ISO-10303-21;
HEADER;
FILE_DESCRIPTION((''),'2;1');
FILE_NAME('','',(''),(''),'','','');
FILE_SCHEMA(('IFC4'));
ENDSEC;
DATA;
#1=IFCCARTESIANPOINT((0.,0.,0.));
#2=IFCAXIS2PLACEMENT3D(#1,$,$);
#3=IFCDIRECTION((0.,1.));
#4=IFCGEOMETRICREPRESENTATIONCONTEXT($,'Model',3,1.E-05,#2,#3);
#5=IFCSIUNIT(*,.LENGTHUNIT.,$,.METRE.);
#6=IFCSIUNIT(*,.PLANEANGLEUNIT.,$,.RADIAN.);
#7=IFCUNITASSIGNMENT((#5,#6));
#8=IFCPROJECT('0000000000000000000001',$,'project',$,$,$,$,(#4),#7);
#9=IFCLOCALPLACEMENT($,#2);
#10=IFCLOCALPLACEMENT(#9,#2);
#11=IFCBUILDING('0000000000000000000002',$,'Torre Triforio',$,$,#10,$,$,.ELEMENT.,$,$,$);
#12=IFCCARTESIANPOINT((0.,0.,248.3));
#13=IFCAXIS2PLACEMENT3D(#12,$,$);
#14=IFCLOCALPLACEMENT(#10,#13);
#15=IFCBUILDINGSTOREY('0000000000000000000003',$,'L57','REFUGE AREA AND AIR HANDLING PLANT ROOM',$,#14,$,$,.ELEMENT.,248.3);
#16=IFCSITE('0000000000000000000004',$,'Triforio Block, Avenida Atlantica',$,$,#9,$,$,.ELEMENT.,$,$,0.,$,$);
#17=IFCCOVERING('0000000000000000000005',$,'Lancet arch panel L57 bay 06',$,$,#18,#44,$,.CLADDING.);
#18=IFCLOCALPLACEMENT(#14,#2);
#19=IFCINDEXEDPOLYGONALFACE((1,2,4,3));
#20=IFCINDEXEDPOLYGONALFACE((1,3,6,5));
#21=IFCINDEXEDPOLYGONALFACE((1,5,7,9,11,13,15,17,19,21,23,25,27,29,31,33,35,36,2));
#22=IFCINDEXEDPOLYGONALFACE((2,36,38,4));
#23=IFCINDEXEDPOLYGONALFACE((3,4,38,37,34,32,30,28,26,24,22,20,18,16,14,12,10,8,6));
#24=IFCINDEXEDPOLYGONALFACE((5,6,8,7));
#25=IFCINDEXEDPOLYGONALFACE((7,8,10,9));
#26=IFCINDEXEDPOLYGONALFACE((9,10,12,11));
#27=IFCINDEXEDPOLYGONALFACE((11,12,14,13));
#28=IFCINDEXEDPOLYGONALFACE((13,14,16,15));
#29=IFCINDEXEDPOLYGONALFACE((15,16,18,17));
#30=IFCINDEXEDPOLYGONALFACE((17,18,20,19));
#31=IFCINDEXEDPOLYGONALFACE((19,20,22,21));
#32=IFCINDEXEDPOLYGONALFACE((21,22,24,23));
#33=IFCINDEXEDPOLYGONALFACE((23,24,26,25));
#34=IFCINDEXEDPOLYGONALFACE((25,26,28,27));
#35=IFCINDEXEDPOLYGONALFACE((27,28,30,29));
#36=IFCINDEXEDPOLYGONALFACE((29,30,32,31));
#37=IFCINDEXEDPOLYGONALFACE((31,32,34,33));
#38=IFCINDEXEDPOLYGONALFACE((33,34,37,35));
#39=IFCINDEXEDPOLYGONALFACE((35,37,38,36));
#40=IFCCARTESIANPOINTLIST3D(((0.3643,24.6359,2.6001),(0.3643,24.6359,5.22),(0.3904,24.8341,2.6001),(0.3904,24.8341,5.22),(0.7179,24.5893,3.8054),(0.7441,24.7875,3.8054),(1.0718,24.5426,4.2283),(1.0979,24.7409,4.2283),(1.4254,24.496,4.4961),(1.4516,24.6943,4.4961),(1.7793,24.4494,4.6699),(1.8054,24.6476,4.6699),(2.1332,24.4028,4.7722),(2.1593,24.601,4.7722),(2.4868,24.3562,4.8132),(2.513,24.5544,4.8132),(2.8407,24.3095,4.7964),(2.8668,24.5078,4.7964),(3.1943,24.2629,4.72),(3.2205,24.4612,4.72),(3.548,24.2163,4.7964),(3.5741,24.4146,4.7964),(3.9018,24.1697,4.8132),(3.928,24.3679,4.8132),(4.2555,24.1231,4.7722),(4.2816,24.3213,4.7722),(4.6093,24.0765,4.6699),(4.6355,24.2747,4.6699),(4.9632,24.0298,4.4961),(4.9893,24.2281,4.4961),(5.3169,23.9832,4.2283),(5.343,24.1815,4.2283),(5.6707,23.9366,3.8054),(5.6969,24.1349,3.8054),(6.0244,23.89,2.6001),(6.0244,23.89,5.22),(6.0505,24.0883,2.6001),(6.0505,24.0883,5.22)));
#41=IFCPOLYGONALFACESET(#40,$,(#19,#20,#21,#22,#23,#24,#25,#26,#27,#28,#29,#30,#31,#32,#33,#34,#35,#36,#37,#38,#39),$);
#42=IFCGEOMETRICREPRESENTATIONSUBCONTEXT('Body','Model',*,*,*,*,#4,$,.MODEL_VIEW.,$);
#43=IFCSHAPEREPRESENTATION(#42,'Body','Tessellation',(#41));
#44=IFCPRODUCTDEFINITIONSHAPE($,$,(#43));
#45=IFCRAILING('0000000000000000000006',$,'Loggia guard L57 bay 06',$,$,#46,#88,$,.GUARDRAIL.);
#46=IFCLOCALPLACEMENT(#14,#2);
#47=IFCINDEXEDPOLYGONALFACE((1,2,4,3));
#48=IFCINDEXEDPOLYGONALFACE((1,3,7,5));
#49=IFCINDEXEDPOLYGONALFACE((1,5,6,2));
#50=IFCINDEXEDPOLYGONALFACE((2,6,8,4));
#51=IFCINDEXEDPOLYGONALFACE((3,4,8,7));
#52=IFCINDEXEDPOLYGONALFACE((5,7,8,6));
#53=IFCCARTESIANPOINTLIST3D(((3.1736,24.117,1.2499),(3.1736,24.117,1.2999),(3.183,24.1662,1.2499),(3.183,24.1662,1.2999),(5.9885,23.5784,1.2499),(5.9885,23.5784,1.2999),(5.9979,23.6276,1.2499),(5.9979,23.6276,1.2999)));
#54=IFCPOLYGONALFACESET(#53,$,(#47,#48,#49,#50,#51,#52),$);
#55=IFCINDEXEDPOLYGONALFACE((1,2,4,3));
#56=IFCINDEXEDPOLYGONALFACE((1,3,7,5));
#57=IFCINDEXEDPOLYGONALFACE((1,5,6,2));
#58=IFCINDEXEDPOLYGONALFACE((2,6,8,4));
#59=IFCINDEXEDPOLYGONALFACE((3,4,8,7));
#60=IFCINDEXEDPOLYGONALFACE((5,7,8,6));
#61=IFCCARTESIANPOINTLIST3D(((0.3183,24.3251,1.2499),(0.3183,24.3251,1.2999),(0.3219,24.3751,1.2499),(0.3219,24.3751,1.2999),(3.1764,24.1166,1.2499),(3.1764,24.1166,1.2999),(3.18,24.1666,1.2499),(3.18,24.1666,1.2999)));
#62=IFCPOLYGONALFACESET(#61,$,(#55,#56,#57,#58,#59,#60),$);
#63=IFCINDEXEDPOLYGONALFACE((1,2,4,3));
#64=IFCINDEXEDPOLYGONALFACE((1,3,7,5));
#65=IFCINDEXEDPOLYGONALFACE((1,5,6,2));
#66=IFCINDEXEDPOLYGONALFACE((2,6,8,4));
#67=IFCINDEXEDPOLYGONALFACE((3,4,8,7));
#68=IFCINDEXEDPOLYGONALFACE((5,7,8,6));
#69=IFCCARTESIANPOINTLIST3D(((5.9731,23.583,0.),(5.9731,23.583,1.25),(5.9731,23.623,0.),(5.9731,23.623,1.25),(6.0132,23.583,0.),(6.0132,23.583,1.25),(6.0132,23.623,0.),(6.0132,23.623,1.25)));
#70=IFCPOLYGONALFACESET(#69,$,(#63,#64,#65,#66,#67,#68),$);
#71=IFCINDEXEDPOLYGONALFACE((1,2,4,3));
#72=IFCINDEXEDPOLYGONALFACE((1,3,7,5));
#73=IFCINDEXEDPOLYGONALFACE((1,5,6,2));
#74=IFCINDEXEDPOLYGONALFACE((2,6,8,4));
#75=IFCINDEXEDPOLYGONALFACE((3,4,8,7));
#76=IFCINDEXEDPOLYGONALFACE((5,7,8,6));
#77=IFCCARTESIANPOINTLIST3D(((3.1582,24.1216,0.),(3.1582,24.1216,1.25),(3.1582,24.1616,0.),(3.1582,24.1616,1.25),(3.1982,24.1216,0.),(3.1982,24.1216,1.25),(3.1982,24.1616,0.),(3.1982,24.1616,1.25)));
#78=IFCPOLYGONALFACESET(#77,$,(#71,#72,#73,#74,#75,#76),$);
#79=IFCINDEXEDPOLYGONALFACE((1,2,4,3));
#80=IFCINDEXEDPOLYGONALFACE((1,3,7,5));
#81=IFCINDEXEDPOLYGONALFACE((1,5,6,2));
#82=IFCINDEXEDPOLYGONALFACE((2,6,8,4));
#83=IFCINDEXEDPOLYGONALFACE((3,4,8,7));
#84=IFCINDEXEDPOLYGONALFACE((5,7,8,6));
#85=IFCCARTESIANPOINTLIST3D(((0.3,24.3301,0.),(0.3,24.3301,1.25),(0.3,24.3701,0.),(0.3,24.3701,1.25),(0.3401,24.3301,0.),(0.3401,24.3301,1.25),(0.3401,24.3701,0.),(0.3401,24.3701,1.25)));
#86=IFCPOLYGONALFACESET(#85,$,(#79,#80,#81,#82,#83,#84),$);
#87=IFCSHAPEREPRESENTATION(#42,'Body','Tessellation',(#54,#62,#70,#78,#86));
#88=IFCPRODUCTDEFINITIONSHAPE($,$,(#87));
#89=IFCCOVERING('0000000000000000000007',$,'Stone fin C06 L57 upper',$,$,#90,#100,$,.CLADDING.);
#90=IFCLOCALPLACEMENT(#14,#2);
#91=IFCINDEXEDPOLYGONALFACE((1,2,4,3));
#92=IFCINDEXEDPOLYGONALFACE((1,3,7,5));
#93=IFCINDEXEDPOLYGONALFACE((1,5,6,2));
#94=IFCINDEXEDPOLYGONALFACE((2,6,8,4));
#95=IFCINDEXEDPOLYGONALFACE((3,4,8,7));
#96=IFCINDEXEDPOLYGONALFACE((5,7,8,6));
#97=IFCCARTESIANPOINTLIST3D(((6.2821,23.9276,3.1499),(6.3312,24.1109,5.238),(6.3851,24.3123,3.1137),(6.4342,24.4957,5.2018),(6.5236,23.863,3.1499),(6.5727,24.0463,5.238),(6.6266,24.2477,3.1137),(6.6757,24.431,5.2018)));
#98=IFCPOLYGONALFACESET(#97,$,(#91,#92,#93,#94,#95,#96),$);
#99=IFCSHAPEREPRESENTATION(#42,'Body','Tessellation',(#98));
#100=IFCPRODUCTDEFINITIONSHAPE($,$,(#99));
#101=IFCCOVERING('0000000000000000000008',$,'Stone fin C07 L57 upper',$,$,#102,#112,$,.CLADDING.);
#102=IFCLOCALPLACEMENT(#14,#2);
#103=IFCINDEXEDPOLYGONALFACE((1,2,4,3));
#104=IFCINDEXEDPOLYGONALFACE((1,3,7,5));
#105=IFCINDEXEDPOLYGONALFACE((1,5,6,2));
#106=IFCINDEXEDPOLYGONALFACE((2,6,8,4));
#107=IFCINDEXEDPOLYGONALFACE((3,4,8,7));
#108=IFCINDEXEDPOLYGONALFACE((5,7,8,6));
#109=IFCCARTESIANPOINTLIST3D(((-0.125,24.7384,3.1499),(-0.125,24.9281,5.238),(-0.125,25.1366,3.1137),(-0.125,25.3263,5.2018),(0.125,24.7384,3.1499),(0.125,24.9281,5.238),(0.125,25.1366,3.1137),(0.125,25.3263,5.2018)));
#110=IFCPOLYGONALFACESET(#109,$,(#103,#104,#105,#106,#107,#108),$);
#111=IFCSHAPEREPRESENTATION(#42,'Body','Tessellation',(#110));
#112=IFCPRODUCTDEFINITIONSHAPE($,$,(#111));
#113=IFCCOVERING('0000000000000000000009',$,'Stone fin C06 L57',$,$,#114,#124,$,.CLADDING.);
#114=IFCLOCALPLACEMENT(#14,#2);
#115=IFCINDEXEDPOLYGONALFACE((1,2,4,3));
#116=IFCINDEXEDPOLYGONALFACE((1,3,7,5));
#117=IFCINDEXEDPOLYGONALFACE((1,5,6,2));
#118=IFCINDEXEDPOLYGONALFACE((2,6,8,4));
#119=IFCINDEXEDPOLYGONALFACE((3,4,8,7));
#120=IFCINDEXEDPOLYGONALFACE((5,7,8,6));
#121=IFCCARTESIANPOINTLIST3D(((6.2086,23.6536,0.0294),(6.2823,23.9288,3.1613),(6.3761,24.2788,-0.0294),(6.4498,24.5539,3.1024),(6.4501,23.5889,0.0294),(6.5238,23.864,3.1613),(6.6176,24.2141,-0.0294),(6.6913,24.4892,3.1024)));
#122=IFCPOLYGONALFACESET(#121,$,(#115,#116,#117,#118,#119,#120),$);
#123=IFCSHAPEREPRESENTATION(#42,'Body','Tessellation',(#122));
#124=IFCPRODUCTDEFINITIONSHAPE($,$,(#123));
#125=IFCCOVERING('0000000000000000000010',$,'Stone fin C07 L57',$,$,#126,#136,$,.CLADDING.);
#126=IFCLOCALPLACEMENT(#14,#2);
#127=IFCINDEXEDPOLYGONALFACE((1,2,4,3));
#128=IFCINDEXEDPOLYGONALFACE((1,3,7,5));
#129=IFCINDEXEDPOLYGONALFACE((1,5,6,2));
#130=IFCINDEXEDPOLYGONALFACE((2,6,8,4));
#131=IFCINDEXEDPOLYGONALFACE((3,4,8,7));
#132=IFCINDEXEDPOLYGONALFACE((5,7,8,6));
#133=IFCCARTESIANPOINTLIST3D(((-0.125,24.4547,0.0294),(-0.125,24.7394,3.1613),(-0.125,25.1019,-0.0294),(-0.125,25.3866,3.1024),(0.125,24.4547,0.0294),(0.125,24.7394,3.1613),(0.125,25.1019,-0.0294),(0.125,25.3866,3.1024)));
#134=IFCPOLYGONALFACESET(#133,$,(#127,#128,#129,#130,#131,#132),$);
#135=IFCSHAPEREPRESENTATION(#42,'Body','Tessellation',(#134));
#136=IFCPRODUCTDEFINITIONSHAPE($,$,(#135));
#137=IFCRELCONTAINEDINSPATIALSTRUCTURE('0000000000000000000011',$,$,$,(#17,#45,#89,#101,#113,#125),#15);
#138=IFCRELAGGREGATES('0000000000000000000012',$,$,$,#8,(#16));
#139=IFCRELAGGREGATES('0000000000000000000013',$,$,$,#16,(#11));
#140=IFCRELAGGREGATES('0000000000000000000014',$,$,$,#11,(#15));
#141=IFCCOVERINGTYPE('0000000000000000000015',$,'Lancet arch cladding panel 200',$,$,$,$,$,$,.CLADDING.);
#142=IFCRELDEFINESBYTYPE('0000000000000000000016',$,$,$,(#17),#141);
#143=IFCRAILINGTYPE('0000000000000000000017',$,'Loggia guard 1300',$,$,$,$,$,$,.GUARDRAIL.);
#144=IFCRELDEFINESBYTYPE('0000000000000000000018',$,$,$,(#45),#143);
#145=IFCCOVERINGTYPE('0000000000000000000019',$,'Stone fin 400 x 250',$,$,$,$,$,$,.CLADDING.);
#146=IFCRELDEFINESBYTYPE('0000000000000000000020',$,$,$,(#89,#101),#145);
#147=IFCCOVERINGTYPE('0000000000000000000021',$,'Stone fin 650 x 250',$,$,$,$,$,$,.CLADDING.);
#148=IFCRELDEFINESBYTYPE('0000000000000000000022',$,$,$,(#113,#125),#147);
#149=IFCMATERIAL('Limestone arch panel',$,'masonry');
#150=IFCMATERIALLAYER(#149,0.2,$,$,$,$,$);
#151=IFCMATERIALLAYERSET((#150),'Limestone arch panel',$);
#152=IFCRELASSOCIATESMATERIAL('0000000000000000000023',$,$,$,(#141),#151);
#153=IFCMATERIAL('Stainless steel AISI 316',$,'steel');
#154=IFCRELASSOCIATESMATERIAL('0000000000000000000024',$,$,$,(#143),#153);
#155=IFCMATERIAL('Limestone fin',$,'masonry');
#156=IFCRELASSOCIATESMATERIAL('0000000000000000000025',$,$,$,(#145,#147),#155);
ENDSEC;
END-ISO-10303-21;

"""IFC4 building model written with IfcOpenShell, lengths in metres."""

from ifc_helpers import new_model, si_unit, direction, frame, origin, origin_2d, place, context, subcontext, project, spatial, polyline, rectangle, outline, extrude, material, layer, layer_set, material_profile, profile_set, type_object, element, save


model = new_model("IFC4")

# Units and contexts
model_context = context("Model", 3, precision=1e-05, world=origin(), true_north=direction((0.0, 1.0)))
body_context = subcontext(model_context, "Body", "Model", "MODEL_VIEW")
ifc_project = project(units=[si_unit("LENGTHUNIT", "METRE"), si_unit("PLANEANGLEUNIT", "RADIAN")], contexts=[model_context])

# Site, building, storey
site_placement = place(None, origin())
site = spatial("IfcSite", under=ifc_project, at=site_placement, Name="Triforio Block, Avenida Atlantica", CompositionType="ELEMENT", RefElevation=0.0)
building_placement = place(site_placement, origin())
building = spatial("IfcBuilding", under=site, at=building_placement, Name="Torre Triforio", CompositionType="ELEMENT")
storey_placement = place(building_placement, frame((0.0, 0.0, 248.3)))
storey = spatial("IfcBuildingStorey", under=building, at=storey_placement, Name="L57", Description="REFUGE AREA AND AIR HANDLING PLANT ROOM", CompositionType="ELEMENT", Elevation=248.3)

# Covering
ifc_material_1 = material(Name="Limestone arch panel", Category="masonry")
ifc_layer_1 = layer(ifc_material_1, 0.2)
ifc_layer_set_1 = layer_set([ifc_layer_1], Name="Limestone arch panel")
covering_type_1 = type_object("IfcCoveringType", Name="Lancet arch cladding panel 200", PredefinedType="CLADDING", material=ifc_layer_set_1)
covering_1_placement = place(storey_placement, frame((3.1943, 24.2629, 0.0), z_axis=(0.130644, 0.991429, 0.0), x_axis=(-0.991429, 0.130644, 0.0)))
element("IfcCovering", 1, at=covering_1_placement, inside=storey, type_object=covering_type_1, Name="Lancet arch panel L57 bay 06", PredefinedType="CLADDING", context=body_context, shape_type="SweptSolid", body=[
    extrude(outline(polyline([(-2.8545, 5.22), (-2.8545, 2.6001), (-2.4978, 3.8054), (-2.1409, 4.2283), (-1.7842, 4.4961), (-1.4272, 4.6699), (-1.0703, 4.7722), (-0.7136, 4.8132), (-0.3567, 4.7964), (0.0, 4.72), (0.3567, 4.7964), (0.7136, 4.8132), (1.0703, 4.7722), (1.4272, 4.6699), (1.7842, 4.4961), (2.1409, 4.2283), (2.4978, 3.8054), (2.8545, 2.6001), (2.8545, 5.22), (-2.8545, 5.22)])), origin(), (0.0, 0.0, 1.0), 0.2),
])

# Railing
ifc_material_2 = material(Name="Stainless steel AISI 316", Category="steel")
railing_type = type_object("IfcRailingType", Name="Loggia guard 1300", PredefinedType="GUARDRAIL", material=ifc_material_2)
railing_placement = place(storey_placement, frame((5.9932, 23.603, 0.0)))
element("IfcRailing", 2, at=railing_placement, inside=storey, type_object=railing_type, Name="Loggia guard L57 bay 06", PredefinedType="GUARDRAIL", context=body_context, shape_type="SweptSolid", body=[
    extrude(rectangle(XDim=0.05, YDim=0.05, at=origin_2d()), frame((0.0, 0.0, 1.2749), z_axis=(-0.982185, 0.187918, 0.0), x_axis=(-0.187918, -0.982185, 0.0)), (0.0, 0.0, 1.0), 2.866),
    extrude(rectangle(XDim=0.05, YDim=0.05, at=origin_2d()), frame((-2.8149, 0.5386, 1.2749), z_axis=(-0.99735, 0.072754, 0.0), x_axis=(-0.072754, -0.99735, 0.0)), (0.0, 0.0, 1.0), 2.8657),
    extrude(rectangle(XDim=0.04, YDim=0.04, at=origin_2d()), origin(), (0.0, 0.0, 1.0), 1.25),
    extrude(rectangle(XDim=0.04, YDim=0.04, at=origin_2d()), frame((-2.8149, 0.5386, 0.0)), (0.0, 0.0, 1.0), 1.25),
    extrude(rectangle(XDim=0.04, YDim=0.04, at=origin_2d()), frame((-5.6731, 0.7471, 0.0)), (0.0, 0.0, 1.0), 1.25),
])

# Coverings
ifc_material_3 = material(Name="Limestone fin", Category="masonry")
ifc_material_profile_1 = material_profile(ifc_material_3, rectangle(XDim=0.3999, YDim=0.25, at=origin_2d()), Name="FIN 400x250")
ifc_profile_set_1 = profile_set([ifc_material_profile_1], Name="Limestone fin")
covering_type_2 = type_object("IfcCoveringType", Name="Stone fin 400 x 250", PredefinedType="CLADDING", material=ifc_profile_set_1)
for number, where, z_axis, x_axis, name in (
    (3, (6.4543, 24.0876, 3.1318), (0.023404, 0.087445, 0.995894), (-0.257482, -0.962034, 0.090523), "Stone fin C06 L57 upper"),
    (4, (0.0, 24.9375, 3.1318), (0.0, 0.090473, 0.995899), (0.0, -0.995899, 0.090473), "Stone fin C07 L57 upper"),
):
    element("IfcCovering", number, at=place(storey_placement, frame(where, z_axis=z_axis, x_axis=x_axis)), inside=storey, type_object=covering_type_2, Name=name, PredefinedType="CLADDING", context=body_context, shape_type="SweptSolid", body=[
        extrude(rectangle(XDim=0.3999, YDim=0.25, at=origin_2d()), origin(), (0.0, 0.0, 1.0), 2.0967),
    ])
ifc_material_profile_2 = material_profile(ifc_material_3, rectangle(XDim=0.6499, YDim=0.25, at=origin_2d()), Name="FIN 650x250")
ifc_profile_set_2 = profile_set([ifc_material_profile_2], Name="Limestone fin")
covering_type_3 = type_object("IfcCoveringType", Name="Stone fin 650 x 250", PredefinedType="CLADDING", material=ifc_profile_set_2)
for number, where, z_axis, x_axis, name in (
    (5, (6.4131, 23.9338, 0.0), (0.023445, 0.087494, 0.995889), (-0.257772, -0.961951, 0.09058), "Stone fin C06 L57"),
    (6, (0.0, 24.7783, 0.0), (0.0, 0.090522, 0.995894), (0.0, -0.995894, 0.090522), "Stone fin C07 L57"),
):
    element("IfcCovering", number, at=place(storey_placement, frame(where, z_axis=z_axis, x_axis=x_axis)), inside=storey, type_object=covering_type_3, Name=name, PredefinedType="CLADDING", context=body_context, shape_type="SweptSolid", body=[
        extrude(rectangle(XDim=0.6499, YDim=0.25, at=origin_2d()), origin(), (0.0, 0.0, 1.0), 3.1448),
    ])

save(model, "model.ifc")
